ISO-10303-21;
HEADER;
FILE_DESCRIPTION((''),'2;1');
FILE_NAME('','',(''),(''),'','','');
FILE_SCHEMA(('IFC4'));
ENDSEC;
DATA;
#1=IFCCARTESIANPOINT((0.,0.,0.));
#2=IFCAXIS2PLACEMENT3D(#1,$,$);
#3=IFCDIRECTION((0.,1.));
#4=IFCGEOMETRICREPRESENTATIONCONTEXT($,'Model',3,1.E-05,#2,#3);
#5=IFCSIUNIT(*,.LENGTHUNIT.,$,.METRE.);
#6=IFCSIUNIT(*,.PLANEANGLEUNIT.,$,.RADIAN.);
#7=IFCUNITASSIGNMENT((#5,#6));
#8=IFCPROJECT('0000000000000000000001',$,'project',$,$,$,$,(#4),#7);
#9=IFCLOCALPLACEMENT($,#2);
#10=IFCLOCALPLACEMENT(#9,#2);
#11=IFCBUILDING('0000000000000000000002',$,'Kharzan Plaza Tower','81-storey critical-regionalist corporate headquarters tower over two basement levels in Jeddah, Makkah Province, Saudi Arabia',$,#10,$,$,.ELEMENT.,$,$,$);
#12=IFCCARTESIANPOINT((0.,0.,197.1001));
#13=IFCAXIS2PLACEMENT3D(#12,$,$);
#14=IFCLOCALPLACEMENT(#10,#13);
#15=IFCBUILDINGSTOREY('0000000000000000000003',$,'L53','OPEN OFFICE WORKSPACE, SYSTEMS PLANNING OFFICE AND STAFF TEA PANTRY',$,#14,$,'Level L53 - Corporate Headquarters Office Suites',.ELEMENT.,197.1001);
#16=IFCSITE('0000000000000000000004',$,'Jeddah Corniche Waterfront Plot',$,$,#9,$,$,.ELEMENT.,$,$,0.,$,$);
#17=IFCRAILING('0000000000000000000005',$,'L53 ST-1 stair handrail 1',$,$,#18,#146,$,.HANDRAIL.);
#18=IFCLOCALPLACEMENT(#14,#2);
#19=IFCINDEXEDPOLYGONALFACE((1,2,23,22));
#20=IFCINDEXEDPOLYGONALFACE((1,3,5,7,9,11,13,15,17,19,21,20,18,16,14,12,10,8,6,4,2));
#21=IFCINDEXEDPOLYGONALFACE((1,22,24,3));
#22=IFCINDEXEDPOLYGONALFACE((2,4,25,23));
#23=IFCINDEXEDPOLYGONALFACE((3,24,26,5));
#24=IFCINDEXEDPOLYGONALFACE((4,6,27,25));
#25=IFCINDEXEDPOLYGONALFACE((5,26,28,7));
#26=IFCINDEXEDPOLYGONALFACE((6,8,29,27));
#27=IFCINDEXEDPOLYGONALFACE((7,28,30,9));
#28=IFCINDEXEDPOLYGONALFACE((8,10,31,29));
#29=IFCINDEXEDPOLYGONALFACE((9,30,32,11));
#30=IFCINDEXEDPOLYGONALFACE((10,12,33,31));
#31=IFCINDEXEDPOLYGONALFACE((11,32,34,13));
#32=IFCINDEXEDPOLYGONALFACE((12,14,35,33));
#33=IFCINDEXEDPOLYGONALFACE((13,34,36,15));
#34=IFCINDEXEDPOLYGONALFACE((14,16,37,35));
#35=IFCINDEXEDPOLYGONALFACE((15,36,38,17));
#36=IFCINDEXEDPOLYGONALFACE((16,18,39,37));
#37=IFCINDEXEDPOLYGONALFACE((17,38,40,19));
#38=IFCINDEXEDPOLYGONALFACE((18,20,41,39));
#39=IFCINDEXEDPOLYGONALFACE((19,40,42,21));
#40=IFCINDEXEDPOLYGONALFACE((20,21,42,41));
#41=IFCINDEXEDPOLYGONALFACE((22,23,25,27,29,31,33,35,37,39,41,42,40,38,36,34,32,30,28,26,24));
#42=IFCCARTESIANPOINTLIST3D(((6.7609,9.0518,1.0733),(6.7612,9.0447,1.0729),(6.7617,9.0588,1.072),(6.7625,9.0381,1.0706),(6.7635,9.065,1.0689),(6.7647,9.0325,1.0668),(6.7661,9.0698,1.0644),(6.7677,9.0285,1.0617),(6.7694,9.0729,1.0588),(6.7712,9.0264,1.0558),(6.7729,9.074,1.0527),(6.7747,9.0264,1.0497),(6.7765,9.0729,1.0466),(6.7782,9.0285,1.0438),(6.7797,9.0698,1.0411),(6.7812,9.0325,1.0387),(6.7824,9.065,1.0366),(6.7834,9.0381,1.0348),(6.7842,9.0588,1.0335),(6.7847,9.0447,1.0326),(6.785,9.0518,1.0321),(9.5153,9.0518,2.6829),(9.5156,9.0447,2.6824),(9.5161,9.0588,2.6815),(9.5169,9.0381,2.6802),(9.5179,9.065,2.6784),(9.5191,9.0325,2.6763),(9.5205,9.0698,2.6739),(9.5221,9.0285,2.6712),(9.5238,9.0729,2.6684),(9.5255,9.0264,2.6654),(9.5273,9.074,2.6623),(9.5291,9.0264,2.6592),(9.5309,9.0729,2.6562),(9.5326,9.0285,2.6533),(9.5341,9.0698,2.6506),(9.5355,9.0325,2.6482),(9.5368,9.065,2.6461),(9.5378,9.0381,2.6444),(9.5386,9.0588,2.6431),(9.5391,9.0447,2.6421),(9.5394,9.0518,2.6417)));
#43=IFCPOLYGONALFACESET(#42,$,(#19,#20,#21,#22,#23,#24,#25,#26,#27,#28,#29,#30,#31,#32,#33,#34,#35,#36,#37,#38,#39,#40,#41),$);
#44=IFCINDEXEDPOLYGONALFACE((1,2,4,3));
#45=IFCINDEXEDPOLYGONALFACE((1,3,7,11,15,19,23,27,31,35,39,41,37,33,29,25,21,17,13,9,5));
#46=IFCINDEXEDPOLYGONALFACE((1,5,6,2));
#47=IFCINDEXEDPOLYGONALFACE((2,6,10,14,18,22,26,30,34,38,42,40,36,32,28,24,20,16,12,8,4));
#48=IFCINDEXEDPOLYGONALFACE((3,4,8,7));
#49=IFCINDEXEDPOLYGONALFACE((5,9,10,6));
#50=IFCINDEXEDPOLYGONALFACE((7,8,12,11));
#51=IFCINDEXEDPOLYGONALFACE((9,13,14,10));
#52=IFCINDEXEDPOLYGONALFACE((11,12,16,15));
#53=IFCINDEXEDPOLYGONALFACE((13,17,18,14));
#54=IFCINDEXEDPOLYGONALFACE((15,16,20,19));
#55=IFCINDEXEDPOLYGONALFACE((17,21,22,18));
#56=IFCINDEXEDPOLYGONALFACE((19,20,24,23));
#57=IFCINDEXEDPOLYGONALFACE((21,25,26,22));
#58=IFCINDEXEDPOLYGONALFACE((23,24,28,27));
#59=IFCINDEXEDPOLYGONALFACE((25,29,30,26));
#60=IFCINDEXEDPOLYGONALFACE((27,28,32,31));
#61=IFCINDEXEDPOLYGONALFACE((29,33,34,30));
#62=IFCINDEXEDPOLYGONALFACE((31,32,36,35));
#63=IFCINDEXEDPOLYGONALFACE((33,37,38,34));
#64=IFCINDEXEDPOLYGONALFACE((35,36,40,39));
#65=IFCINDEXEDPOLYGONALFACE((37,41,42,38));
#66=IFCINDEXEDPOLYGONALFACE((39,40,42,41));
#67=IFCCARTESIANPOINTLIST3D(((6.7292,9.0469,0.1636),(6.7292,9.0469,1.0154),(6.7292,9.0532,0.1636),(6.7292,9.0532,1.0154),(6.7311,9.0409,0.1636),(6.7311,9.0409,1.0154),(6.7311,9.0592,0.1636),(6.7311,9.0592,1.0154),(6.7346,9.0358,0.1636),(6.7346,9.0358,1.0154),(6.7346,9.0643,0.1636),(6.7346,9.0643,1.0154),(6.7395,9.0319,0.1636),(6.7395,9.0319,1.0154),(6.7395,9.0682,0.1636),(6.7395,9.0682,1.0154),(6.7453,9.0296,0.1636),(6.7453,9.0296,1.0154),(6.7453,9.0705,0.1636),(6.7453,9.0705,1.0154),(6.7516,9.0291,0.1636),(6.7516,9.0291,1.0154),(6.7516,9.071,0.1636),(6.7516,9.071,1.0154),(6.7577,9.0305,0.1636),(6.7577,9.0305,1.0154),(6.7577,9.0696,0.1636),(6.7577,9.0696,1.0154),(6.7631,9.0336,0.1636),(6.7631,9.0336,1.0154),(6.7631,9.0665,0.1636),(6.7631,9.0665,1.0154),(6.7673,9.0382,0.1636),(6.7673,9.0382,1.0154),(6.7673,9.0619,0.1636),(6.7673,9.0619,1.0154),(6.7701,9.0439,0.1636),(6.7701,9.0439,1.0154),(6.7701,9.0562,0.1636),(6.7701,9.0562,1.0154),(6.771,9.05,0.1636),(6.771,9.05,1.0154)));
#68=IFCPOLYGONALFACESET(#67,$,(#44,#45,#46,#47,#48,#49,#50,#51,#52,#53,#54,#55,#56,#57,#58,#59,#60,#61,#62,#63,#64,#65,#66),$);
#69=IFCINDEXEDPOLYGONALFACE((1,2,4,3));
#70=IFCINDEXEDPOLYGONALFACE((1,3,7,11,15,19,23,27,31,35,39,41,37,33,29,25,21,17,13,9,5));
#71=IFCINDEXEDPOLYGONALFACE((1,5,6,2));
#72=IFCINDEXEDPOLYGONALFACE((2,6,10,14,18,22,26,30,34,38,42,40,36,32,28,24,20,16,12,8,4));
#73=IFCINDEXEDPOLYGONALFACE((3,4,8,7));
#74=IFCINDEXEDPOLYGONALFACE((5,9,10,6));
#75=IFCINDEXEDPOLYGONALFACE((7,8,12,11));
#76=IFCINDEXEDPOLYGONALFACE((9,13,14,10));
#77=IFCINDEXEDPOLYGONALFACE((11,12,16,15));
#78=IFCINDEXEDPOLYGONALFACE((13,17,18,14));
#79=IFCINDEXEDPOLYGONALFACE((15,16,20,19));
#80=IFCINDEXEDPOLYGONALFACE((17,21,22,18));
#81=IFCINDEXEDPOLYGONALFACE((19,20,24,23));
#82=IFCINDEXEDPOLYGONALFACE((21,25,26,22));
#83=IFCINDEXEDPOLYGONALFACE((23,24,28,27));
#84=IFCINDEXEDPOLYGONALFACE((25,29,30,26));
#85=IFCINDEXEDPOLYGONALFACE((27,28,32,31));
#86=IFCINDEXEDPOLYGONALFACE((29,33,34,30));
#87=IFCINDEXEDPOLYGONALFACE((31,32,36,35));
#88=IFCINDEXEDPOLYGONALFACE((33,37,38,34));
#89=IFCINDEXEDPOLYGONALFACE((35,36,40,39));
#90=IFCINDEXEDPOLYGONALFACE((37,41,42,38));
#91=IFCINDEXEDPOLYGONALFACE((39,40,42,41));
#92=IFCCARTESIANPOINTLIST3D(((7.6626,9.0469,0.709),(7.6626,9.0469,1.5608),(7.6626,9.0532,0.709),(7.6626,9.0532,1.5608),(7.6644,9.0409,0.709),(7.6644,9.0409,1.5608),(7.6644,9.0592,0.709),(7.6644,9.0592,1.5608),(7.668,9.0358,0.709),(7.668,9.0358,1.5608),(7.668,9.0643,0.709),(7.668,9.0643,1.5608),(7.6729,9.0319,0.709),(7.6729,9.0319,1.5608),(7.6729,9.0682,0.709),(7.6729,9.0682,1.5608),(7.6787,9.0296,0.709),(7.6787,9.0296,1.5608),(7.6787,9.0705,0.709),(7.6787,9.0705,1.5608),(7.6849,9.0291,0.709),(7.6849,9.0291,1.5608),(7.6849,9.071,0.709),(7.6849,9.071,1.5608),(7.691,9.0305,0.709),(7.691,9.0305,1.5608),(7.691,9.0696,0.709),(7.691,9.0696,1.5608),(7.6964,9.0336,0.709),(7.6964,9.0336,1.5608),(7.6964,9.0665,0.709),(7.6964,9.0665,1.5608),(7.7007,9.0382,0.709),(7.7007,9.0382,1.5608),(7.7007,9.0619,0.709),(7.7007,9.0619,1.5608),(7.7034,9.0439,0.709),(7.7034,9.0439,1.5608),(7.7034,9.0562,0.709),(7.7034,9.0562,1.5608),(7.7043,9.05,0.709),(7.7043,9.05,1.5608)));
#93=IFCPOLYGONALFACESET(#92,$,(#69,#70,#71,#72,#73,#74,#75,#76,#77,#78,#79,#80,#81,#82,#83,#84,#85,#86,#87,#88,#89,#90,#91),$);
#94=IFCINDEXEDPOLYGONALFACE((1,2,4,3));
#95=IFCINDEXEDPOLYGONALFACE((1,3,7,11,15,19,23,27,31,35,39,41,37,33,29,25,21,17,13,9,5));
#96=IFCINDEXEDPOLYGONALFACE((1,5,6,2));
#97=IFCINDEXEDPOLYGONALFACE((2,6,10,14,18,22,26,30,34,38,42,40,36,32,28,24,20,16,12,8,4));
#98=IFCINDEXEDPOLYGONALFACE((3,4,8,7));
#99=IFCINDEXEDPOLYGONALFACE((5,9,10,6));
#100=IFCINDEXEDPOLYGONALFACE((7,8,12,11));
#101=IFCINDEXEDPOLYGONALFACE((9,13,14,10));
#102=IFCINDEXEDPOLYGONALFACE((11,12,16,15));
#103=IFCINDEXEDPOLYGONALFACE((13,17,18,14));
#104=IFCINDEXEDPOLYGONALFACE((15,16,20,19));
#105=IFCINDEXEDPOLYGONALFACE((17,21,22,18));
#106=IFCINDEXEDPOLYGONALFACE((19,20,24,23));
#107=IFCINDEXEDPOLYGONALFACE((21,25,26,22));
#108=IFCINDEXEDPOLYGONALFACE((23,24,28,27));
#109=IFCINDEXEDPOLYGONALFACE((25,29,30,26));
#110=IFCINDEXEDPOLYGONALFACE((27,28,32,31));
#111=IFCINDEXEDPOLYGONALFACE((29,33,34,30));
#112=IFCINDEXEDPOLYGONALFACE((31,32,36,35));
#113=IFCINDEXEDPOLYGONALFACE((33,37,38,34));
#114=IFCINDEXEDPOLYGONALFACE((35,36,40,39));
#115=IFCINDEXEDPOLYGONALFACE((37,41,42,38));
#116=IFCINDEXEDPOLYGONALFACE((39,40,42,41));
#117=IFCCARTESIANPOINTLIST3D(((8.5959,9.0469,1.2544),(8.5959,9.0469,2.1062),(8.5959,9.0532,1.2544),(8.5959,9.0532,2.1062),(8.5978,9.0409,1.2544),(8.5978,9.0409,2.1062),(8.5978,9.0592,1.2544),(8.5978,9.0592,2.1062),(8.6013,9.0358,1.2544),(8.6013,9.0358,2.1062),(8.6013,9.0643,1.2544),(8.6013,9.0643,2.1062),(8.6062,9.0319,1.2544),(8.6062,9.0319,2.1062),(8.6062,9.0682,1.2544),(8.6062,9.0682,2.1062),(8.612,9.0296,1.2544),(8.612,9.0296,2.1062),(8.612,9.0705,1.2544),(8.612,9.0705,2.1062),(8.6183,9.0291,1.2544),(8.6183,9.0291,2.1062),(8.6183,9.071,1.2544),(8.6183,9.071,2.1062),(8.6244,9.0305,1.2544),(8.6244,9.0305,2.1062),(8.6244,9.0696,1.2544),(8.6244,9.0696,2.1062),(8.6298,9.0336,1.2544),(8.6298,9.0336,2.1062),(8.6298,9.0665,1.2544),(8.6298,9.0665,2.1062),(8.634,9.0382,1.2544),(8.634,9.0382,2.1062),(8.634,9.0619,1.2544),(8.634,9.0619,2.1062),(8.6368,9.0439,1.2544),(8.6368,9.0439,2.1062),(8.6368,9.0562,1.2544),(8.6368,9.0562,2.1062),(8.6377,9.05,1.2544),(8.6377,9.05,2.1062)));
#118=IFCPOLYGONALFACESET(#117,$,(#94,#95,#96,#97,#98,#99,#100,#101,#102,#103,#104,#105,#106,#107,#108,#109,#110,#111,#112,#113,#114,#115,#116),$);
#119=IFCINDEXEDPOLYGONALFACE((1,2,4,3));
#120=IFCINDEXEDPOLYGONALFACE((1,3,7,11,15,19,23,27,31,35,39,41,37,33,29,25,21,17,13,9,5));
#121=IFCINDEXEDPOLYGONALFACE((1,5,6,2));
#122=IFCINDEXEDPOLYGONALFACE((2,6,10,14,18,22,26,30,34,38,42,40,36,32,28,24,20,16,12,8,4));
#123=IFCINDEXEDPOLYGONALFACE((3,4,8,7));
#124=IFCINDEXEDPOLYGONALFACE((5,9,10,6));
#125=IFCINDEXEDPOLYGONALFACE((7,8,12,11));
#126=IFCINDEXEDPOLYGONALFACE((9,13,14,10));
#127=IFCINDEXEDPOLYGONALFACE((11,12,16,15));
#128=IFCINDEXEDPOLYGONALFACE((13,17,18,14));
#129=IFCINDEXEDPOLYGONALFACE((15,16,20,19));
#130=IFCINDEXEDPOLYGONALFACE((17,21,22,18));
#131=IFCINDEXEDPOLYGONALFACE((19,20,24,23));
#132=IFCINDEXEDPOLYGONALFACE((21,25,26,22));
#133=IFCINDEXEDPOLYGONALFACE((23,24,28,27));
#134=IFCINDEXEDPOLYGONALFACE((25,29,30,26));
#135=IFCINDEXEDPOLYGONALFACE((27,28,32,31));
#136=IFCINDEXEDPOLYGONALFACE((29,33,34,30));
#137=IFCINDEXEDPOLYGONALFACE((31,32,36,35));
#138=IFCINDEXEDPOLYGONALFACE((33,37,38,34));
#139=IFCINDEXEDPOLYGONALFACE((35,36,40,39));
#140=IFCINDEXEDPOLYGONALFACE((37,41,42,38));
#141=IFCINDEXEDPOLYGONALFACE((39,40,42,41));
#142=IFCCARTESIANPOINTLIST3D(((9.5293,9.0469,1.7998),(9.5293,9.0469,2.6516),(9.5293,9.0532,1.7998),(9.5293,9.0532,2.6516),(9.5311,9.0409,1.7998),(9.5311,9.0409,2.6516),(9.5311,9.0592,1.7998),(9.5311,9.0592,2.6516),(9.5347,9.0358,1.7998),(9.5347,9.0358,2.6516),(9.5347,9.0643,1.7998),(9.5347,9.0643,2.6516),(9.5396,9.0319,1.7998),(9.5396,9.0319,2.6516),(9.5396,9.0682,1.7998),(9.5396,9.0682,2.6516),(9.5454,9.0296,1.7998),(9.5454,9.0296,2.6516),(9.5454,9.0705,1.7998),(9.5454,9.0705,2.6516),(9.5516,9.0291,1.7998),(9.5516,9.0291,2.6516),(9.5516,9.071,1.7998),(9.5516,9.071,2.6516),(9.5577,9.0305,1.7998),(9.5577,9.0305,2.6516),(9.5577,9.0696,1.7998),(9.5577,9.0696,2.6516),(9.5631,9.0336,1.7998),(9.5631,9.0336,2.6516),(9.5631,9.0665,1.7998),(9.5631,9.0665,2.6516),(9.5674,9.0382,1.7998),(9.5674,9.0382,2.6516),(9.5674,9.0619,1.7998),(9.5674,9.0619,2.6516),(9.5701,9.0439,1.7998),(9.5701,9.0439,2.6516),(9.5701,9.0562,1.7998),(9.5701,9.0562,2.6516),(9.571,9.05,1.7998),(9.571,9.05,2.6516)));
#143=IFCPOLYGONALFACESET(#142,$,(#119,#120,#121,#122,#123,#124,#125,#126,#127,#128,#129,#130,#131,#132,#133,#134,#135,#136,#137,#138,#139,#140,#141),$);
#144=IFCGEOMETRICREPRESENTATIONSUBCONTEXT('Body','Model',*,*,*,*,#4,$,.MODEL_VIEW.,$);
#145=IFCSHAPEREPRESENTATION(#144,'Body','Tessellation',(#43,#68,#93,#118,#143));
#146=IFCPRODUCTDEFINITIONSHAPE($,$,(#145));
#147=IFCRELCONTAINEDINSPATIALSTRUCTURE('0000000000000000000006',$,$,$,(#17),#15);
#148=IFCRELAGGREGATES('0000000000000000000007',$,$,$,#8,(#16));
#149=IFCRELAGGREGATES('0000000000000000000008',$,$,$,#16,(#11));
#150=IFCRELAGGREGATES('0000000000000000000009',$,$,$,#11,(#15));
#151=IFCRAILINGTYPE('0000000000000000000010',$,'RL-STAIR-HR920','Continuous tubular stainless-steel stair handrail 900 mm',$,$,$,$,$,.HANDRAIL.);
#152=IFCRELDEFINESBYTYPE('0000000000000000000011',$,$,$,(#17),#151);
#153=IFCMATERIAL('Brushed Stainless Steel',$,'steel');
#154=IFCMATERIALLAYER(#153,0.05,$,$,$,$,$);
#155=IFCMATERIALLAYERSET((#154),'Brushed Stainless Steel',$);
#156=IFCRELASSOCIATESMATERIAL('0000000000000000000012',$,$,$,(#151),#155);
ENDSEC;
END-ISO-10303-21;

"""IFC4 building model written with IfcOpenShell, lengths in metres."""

from ifc_helpers import new_model, si_unit, direction, frame, origin, origin_2d, place, context, subcontext, project, spatial, circle, extrude, source, transform, mapped, material, layer, layer_set, type_object, element, save


model = new_model("IFC4")

# Units and contexts
model_context = context("Model", 3, precision=1e-05, world=origin(), true_north=direction((0.0, 1.0)))
body_context = subcontext(model_context, "Body", "Model", "MODEL_VIEW")
ifc_project = project(units=[si_unit("LENGTHUNIT", "METRE"), si_unit("PLANEANGLEUNIT", "RADIAN")], contexts=[model_context])

# Site, building, storey
site_placement = place(None, origin())
site = spatial("IfcSite", under=ifc_project, at=site_placement, Name="Jeddah Corniche Waterfront Plot", CompositionType="ELEMENT", RefElevation=0.0)
building_placement = place(site_placement, origin())
building = spatial("IfcBuilding", under=site, at=building_placement, Name="Kharzan Plaza Tower", Description="81-storey critical-regionalist corporate headquarters tower over two basement levels in Jeddah, Makkah Province, Saudi Arabia", CompositionType="ELEMENT")
storey_placement = place(building_placement, frame((0.0, 0.0, 197.1001)))
storey = spatial("IfcBuildingStorey", under=building, at=storey_placement, Name="L53", Description="OPEN OFFICE WORKSPACE, SYSTEMS PLANNING OFFICE AND STAFF TEA PANTRY", LongName="Level L53 - Corporate Headquarters Office Suites", CompositionType="ELEMENT", Elevation=197.1001)

# Railing
ifc_material_1 = material(Name="Brushed Stainless Steel", Category="steel")
ifc_layer_1 = layer(ifc_material_1, 0.05)
ifc_layer_set_1 = layer_set([ifc_layer_1], Name="Brushed Stainless Steel")
railing_type_1 = type_object("IfcRailingType", Name="RL-STAIR-HR920", Description="Continuous tubular stainless-steel stair handrail 900 mm", PredefinedType="HANDRAIL", material=ifc_layer_set_1)
shared_shape_1 = source(origin(), body_context, "Body", "SweptSolid", [
    extrude(circle(Radius=0.0239, at=origin_2d()), frame((0.0229, 0.0, 0.8892), z_axis=(0.863394, 0.0, 0.504531), x_axis=(0.0, 1.0, 0.0)), (0.0, 0.0, 1.0), 3.1902),
    extrude(circle(Radius=0.021, at=origin_2d()), origin(), (0.0, 0.0, 1.0), 0.8518),
    extrude(circle(Radius=0.021, at=origin_2d()), frame((0.9333, 0.0, 0.5454)), (0.0, 0.0, 1.0), 0.8518),
    extrude(circle(Radius=0.021, at=origin_2d()), frame((1.8667, 0.0, 1.0908)), (0.0, 0.0, 1.0), 0.8518),
    extrude(circle(Radius=0.021, at=origin_2d()), frame((2.8, 0.0, 1.6362)), (0.0, 0.0, 1.0), 0.8518),
])
railing_1_placement = place(storey_placement, frame((6.75, 9.05, 0.1636)))
element("IfcRailing", 1, at=railing_1_placement, inside=storey, type_object=railing_type_1, Name="L53 ST-1 stair handrail 1", PredefinedType="HANDRAIL", context=body_context, shape_type="MappedRepresentation", body=[
    mapped(shared_shape_1, transform((0.0, 0.0, 0.0), x_axis=(1.0, 0.0, 0.0), y_axis=(0.0, 1.0, 0.0), z_axis=(0.0, 0.0, 1.0))),
])

save(model, "model.ifc")
